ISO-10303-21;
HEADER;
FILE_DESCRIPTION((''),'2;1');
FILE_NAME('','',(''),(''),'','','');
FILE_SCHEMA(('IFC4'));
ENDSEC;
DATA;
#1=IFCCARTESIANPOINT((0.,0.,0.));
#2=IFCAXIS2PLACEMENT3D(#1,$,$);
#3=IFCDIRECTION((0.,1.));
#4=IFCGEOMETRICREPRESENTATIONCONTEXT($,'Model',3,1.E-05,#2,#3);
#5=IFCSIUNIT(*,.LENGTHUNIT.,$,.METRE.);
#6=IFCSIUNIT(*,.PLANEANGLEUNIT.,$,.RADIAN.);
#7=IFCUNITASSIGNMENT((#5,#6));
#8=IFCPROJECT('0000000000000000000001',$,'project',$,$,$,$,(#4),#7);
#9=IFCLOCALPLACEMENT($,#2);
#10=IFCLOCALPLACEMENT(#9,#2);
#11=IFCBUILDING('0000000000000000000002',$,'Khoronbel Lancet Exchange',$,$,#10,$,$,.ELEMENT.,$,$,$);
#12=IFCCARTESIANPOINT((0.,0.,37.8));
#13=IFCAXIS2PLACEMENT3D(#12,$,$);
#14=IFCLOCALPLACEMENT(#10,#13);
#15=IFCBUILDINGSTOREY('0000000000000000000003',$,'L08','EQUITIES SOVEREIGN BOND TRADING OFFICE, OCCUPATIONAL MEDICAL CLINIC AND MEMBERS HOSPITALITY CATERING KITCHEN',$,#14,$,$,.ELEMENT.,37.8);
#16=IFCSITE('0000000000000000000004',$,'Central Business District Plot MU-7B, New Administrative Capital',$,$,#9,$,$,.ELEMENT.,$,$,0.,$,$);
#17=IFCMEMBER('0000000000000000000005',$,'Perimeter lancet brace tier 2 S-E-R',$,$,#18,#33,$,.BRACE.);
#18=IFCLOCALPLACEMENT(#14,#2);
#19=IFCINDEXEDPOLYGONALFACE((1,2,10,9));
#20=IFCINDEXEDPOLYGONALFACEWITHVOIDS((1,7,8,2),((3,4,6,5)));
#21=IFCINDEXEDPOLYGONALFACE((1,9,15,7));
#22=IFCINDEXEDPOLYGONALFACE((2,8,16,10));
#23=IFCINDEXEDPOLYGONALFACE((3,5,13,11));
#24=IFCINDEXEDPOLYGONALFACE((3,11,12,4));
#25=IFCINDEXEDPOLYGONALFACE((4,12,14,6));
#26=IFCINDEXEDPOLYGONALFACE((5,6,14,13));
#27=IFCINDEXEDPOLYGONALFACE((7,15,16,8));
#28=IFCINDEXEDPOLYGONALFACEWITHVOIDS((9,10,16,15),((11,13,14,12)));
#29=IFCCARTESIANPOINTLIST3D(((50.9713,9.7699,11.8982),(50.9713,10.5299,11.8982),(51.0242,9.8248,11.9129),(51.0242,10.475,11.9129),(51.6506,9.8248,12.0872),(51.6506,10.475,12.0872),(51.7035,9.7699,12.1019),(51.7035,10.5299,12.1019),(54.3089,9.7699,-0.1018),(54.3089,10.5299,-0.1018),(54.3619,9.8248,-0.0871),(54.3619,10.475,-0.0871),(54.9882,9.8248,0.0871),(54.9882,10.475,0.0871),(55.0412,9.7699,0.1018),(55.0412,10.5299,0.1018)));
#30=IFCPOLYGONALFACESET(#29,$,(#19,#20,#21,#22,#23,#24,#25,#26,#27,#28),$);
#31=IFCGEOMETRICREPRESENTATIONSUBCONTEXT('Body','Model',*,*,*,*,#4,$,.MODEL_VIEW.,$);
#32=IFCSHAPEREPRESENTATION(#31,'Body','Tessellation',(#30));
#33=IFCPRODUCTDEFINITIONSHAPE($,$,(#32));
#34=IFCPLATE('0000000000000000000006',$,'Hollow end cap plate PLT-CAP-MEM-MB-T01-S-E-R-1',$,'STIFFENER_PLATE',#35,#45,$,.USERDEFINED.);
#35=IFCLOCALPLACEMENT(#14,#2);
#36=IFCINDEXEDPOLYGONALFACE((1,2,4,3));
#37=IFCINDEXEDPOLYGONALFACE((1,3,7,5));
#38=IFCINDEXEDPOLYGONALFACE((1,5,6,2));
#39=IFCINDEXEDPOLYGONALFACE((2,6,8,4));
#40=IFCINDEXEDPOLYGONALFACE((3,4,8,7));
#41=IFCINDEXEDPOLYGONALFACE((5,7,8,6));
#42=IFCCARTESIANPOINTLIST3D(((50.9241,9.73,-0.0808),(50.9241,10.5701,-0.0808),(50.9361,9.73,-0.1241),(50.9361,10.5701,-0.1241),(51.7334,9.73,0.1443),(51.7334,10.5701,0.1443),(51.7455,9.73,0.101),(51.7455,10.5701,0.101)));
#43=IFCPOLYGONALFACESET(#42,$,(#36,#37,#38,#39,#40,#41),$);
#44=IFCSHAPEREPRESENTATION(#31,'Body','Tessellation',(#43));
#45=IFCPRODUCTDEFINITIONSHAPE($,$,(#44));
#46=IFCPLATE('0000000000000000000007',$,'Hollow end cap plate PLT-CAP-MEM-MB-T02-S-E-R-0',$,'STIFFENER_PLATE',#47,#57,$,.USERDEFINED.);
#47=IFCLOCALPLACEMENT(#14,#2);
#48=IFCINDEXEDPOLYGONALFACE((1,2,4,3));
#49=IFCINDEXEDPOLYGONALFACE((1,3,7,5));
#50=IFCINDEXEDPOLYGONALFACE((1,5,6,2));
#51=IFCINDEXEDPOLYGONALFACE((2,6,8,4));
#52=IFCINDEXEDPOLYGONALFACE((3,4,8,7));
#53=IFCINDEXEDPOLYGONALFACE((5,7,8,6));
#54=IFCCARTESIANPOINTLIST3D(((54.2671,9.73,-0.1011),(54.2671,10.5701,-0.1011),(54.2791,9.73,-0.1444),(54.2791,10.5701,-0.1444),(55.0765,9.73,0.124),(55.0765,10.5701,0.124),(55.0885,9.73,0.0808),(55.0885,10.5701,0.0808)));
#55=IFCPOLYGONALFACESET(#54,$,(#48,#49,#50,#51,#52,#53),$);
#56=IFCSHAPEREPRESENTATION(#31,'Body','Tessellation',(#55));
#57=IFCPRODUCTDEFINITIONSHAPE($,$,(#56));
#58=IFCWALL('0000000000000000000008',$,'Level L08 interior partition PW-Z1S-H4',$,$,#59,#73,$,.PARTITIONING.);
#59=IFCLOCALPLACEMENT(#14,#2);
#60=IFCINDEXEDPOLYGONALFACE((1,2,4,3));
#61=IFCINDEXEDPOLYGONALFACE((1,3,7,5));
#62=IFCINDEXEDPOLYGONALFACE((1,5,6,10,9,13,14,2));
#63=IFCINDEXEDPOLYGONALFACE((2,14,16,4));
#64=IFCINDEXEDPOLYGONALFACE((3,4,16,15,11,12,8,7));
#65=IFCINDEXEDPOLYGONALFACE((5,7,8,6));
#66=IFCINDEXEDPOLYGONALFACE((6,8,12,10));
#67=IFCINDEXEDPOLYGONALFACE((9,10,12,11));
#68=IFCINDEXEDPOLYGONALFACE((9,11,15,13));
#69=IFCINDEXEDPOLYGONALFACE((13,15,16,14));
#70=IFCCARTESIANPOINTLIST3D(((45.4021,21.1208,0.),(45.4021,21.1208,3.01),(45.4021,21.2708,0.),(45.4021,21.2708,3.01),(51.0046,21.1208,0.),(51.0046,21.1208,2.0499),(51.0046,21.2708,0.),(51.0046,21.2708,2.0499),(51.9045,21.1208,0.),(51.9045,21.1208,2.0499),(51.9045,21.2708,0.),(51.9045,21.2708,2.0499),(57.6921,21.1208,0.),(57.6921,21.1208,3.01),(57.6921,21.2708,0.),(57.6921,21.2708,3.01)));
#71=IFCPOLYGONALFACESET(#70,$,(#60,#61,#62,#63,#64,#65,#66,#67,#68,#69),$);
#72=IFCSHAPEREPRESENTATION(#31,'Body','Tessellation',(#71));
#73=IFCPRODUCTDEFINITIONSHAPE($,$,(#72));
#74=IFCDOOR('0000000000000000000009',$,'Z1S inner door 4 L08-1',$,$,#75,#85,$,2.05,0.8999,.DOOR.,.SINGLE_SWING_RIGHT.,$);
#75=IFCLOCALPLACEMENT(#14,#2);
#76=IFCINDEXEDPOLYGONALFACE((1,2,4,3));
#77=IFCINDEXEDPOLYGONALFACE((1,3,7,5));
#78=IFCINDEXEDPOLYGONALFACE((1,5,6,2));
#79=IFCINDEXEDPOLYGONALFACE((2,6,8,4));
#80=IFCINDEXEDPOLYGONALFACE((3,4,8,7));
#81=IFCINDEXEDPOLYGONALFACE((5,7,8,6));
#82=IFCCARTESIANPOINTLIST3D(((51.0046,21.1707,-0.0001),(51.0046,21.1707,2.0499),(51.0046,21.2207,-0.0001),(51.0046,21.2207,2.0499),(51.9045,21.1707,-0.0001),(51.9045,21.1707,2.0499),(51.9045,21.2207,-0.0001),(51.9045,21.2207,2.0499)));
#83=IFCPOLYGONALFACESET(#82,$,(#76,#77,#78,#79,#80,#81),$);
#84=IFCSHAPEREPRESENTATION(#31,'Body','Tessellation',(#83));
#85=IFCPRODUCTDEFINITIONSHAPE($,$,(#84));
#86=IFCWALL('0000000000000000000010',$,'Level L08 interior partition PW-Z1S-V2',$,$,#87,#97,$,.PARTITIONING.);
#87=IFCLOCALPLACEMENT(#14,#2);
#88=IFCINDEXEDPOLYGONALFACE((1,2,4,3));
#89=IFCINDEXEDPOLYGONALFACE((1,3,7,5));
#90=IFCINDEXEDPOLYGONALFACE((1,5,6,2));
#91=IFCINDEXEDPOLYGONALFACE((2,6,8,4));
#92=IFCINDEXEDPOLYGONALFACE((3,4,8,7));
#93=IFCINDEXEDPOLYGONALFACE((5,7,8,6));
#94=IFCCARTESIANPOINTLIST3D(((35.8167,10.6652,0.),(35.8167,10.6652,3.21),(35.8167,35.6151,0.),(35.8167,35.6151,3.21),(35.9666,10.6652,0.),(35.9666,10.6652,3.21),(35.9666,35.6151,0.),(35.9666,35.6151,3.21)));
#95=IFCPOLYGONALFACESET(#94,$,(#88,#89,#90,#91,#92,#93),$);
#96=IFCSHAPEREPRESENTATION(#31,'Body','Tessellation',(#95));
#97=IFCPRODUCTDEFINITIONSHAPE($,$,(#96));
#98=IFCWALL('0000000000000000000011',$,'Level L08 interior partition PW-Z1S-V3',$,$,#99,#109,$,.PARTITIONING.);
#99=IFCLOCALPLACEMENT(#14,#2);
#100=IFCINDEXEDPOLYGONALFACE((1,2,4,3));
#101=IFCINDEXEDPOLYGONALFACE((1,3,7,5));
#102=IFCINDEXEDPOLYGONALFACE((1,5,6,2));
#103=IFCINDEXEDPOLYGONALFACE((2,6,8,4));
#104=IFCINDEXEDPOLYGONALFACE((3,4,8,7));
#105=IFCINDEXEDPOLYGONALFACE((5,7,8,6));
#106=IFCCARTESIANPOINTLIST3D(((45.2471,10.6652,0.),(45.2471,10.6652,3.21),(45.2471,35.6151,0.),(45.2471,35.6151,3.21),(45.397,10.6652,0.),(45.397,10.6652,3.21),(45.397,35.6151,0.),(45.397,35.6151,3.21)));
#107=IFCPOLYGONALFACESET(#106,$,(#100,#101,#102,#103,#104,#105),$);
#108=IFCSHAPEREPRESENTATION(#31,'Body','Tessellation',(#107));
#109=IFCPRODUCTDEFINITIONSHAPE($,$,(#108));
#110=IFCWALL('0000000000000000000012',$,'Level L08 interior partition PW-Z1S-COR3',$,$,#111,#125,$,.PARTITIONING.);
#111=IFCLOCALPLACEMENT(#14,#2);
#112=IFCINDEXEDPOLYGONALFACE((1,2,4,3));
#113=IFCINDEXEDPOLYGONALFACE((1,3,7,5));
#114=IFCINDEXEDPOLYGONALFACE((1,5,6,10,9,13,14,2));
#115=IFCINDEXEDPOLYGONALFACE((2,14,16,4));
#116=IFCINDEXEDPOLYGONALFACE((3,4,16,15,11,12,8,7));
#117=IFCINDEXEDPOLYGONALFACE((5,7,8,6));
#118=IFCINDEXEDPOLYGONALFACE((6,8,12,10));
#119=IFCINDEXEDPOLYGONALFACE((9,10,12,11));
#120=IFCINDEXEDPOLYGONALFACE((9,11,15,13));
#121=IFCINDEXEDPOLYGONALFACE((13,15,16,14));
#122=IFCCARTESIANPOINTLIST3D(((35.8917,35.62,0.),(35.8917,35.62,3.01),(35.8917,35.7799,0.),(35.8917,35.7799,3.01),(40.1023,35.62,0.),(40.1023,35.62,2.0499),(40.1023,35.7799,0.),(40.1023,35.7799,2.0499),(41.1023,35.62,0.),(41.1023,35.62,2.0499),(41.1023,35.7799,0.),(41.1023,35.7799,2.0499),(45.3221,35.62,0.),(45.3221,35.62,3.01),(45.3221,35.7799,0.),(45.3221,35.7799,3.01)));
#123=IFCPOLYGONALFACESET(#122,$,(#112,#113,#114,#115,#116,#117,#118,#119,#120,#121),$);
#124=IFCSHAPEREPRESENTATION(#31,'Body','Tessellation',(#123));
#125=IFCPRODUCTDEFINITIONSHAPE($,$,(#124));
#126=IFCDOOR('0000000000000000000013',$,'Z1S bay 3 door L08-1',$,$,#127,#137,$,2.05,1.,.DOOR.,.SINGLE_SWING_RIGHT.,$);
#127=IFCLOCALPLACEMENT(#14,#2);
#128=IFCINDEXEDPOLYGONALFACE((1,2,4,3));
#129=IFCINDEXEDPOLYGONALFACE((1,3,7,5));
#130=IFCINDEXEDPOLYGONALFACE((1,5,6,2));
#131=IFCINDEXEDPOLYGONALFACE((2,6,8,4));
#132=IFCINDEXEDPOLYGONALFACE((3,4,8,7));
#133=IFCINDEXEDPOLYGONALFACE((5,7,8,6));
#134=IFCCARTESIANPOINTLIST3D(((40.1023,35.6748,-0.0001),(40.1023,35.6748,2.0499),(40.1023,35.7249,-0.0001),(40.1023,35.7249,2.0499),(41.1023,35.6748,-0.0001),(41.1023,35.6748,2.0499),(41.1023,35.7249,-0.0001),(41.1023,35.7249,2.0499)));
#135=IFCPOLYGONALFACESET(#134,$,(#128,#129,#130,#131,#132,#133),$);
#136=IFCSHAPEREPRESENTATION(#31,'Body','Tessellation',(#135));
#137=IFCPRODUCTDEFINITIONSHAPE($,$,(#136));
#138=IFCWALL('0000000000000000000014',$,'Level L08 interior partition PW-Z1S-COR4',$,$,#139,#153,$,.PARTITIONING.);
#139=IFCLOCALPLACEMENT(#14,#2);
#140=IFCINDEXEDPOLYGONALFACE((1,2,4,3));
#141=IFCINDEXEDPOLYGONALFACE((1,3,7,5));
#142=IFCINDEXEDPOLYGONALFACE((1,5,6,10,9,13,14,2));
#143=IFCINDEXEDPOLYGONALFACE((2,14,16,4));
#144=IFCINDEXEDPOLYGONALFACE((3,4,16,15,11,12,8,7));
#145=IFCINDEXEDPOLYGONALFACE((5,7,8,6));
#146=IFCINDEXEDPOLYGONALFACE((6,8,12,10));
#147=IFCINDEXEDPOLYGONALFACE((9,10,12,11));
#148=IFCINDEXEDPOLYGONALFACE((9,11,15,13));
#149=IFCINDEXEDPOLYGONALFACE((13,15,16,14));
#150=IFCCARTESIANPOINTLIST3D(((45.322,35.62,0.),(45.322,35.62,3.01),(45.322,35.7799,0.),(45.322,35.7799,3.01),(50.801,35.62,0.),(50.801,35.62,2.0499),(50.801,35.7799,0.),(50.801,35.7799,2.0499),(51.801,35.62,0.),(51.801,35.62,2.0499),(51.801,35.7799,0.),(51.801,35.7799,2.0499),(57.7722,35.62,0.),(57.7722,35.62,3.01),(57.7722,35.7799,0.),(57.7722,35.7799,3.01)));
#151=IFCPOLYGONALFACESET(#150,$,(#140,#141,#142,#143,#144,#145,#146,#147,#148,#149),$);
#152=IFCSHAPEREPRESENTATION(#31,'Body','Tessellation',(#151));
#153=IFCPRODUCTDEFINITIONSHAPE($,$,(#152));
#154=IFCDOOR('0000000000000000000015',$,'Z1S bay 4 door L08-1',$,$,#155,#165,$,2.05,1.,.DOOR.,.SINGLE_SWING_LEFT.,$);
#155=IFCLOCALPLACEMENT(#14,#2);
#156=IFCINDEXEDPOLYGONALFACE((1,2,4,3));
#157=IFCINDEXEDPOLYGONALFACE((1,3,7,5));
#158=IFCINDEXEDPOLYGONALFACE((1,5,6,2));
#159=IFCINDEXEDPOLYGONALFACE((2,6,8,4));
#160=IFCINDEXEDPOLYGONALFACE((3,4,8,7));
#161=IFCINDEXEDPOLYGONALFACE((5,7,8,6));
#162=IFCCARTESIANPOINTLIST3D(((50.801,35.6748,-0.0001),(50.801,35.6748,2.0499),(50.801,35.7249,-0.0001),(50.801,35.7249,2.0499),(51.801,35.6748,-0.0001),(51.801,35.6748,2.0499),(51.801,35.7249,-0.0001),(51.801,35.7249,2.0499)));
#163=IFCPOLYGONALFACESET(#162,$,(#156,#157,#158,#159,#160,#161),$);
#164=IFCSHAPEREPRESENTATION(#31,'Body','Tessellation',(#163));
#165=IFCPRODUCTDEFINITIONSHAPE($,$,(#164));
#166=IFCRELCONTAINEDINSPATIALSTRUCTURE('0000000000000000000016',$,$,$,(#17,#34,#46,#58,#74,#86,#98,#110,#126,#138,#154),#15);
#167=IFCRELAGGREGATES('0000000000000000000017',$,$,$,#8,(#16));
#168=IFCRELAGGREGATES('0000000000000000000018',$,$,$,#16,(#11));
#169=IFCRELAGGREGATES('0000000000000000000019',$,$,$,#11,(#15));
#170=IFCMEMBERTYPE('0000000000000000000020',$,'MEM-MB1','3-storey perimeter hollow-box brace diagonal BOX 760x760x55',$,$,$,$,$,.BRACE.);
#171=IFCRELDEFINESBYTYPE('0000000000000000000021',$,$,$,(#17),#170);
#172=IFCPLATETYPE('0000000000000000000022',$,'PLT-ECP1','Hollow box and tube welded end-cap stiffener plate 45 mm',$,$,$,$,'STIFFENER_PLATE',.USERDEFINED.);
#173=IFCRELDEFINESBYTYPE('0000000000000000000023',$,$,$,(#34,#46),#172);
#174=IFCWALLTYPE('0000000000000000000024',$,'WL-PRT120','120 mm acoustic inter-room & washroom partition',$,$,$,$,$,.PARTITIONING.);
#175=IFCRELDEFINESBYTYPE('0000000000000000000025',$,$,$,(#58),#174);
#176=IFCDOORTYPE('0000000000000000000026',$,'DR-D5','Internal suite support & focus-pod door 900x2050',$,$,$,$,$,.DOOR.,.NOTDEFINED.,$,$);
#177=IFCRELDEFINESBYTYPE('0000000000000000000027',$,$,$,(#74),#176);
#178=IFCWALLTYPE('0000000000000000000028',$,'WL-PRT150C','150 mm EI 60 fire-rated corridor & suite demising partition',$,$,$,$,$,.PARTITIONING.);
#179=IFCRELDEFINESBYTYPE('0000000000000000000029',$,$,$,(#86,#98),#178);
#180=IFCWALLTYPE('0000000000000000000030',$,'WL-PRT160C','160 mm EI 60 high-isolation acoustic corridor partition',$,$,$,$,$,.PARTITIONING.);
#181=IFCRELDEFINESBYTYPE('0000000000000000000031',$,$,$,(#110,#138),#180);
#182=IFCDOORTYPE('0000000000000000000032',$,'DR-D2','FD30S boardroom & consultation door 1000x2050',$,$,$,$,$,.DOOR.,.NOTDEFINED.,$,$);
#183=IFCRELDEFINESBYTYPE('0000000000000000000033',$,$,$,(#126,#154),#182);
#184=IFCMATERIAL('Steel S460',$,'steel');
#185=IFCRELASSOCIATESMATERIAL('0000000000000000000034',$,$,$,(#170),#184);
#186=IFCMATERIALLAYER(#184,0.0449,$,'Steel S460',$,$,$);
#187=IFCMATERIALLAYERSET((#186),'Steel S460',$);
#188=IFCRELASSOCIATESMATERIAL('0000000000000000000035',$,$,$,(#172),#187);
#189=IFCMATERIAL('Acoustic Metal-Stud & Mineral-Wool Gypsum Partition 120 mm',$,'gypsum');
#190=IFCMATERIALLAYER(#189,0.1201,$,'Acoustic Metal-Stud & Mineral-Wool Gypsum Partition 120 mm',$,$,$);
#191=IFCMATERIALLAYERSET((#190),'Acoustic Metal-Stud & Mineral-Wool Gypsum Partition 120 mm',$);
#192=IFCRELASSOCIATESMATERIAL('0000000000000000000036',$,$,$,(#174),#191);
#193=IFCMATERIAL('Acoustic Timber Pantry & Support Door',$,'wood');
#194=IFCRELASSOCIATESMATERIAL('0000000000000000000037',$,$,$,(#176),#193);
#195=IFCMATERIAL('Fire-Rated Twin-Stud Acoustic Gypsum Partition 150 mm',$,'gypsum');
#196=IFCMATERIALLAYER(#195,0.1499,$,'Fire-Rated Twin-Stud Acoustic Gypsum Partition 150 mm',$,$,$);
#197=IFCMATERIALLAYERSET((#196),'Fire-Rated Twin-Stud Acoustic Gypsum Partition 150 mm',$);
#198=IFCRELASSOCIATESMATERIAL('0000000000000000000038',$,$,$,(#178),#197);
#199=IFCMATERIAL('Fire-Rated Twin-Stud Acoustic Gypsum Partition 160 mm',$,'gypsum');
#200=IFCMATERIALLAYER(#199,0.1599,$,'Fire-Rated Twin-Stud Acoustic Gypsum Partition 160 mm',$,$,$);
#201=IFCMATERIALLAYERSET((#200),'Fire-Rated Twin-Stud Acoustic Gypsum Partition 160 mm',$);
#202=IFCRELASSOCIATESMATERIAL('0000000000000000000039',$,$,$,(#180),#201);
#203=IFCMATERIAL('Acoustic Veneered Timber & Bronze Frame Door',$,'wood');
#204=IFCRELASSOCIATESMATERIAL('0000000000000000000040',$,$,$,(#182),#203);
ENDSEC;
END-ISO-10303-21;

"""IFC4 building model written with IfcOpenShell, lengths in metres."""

from ifc_helpers import new_model, si_unit, direction, frame, frame_2d, origin, origin_2d, place, context, subcontext, project, spatial, polyline, rectangle, hollow_rectangle, outline, extrude, material, layer, layer_set, material_profile, profile_set, type_object, element, fill, save


model = new_model("IFC4")

# Units and contexts
model_context = context("Model", 3, precision=1e-05, world=origin(), true_north=direction((0.0, 1.0)))
body_context = subcontext(model_context, "Body", "Model", "MODEL_VIEW")
ifc_project = project(units=[si_unit("LENGTHUNIT", "METRE"), si_unit("PLANEANGLEUNIT", "RADIAN")], contexts=[model_context])

# Site, building, storey
site_placement = place(None, origin())
site = spatial("IfcSite", under=ifc_project, at=site_placement, Name="Central Business District Plot MU-7B, New Administrative Capital", CompositionType="ELEMENT", RefElevation=0.0)
building_placement = place(site_placement, origin())
building = spatial("IfcBuilding", under=site, at=building_placement, Name="Khoronbel Lancet Exchange", CompositionType="ELEMENT")
storey_placement = place(building_placement, frame((0.0, 0.0, 37.8)))
storey = spatial("IfcBuildingStorey", under=building, at=storey_placement, Name="L08", Description="EQUITIES SOVEREIGN BOND TRADING OFFICE, OCCUPATIONAL MEDICAL CLINIC AND MEMBERS HOSPITALITY CATERING KITCHEN", CompositionType="ELEMENT", Elevation=37.8)

# Shared definitions
ifc_material_1 = material(Name="Steel S460", Category="steel")

# Member
ifc_material_profile_1 = material_profile(ifc_material_1, hollow_rectangle(XDim=0.76, YDim=0.76, WallThickness=0.0549, at=origin_2d()), Name="BOX 760x760x55")
ifc_profile_set_1 = profile_set([ifc_material_profile_1], Name="Steel S460")
member_type = type_object("IfcMemberType", Name="MEM-MB1", Description="3-storey perimeter hollow-box brace diagonal BOX 760x760x55", PredefinedType="BRACE", material=ifc_profile_set_1)
member_placement = place(storey_placement, frame((54.675, 10.1499, 0.0), z_axis=(-0.267965, 0.0, 0.963429), x_axis=(0.0, -1.0, 0.0)))
element("IfcMember", 1, at=member_placement, inside=storey, type_object=member_type, Name="Perimeter lancet brace tier 2 S-E-R", PredefinedType="BRACE", context=body_context, shape_type="SweptSolid", body=[
    extrude(hollow_rectangle(XDim=0.76, YDim=0.76, WallThickness=0.0549, at=origin_2d()), origin(), (0.0, 0.0, 1.0), 12.4556),
])

# Plates
ifc_layer_1 = layer(ifc_material_1, 0.0449, Name="Steel S460")
ifc_layer_set_1 = layer_set([ifc_layer_1], Name="Steel S460")
plate_type = type_object("IfcPlateType", Name="PLT-ECP1", Description="Hollow box and tube welded end-cap stiffener plate 45 mm", ElementType="STIFFENER_PLATE", PredefinedType="USERDEFINED", material=ifc_layer_set_1)
for number, where, z_axis, x_axis, name in (
    (2, (50.9241, 10.5701, -0.0808), (-0.267959, 0.0, 0.96343), (0.0, -1.0, 0.0), "Hollow end cap plate PLT-CAP-MEM-MB-T01-S-E-R-1"),
    (3, (54.2671, 10.5701, -0.1011), (-0.267959, 0.0, 0.96343), (0.0, -1.0, 0.0), "Hollow end cap plate PLT-CAP-MEM-MB-T02-S-E-R-0"),
):
    element("IfcPlate", number, at=place(storey_placement, frame(where, z_axis=z_axis, x_axis=x_axis)), inside=storey, type_object=plate_type, Name=name, ObjectType="STIFFENER_PLATE", PredefinedType="USERDEFINED", context=body_context, shape_type="SweptSolid", body=[
        extrude(outline(polyline([(0.0, 0.0), (0.8401, 0.0), (0.8401, 0.8401), (0.0, 0.8401), (0.0, 0.0)])), origin(), (0.0, 0.0, -1.0), 0.0449),
    ])

# Wall, opening, door
ifc_material_2 = material(Name="Acoustic Metal-Stud & Mineral-Wool Gypsum Partition 120 mm", Category="gypsum")
ifc_layer_2 = layer(ifc_material_2, 0.1201, Name="Acoustic Metal-Stud & Mineral-Wool Gypsum Partition 120 mm")
ifc_layer_set_2 = layer_set([ifc_layer_2], Name="Acoustic Metal-Stud & Mineral-Wool Gypsum Partition 120 mm")
wall_type_1 = type_object("IfcWallType", Name="WL-PRT120", Description="120 mm acoustic inter-room & washroom partition", PredefinedType="PARTITIONING", material=ifc_layer_set_2)
wall_1_placement = place(storey_placement, frame((45.4021, 21.1958, 0.0), z_axis=(0.0, 0.0, 1.0), x_axis=(1.0, 0.0, 0.0)))
wall_1 = element("IfcWall", 4, at=wall_1_placement, inside=storey, type_object=wall_type_1, Name="Level L08 interior partition PW-Z1S-H4", PredefinedType="PARTITIONING", context=body_context, shape_type="SweptSolid", body=[
    extrude(rectangle(XDim=12.29, YDim=0.1499, at=frame_2d((6.145, 0.0))), origin(), (0.0, 0.0, 1.0), 3.01),
])
opening_1_placement = place(wall_1_placement, frame((5.6025, 0.0, 0.0)))
opening_1 = element("IfcOpeningElement", 5, at=opening_1_placement, cuts=wall_1, PredefinedType="OPENING", context=body_context, shape_type="SweptSolid", body=[
    extrude(rectangle(XDim=0.8999, YDim=2.05, at=frame_2d((0.45, 1.0249))), frame((0.0, 0.085, 0.0), z_axis=(0.0, -1.0, 0.0), x_axis=(1.0, 0.0, 0.0)), (0.0, 0.0, 1.0), 0.1699),
])
ifc_material_3 = material(Name="Acoustic Timber Pantry & Support Door", Category="wood")
door_type_1 = type_object("IfcDoorType", Name="DR-D5", Description="Internal suite support & focus-pod door 900x2050", OperationType="NOTDEFINED", PredefinedType="DOOR", material=ifc_material_3)
door_1_placement = place(opening_1_placement, origin())
door_1 = element("IfcDoor", 6, at=door_1_placement, inside=storey, type_object=door_type_1, Name="Z1S inner door 4 L08-1", OperationType="SINGLE_SWING_RIGHT", OverallHeight=2.05, OverallWidth=0.8999, PredefinedType="DOOR", context=body_context, shape_type="SweptSolid", body=[
    extrude(rectangle(XDim=0.8999, YDim=2.05, at=frame_2d((0.45, 1.0249))), frame((0.0, 0.0249, 0.0), z_axis=(0.0, -1.0, 0.0), x_axis=(1.0, 0.0, 0.0)), (0.0, 0.0, 1.0), 0.05),
])
fill(opening_1, door_1)

# Walls
ifc_material_4 = material(Name="Fire-Rated Twin-Stud Acoustic Gypsum Partition 150 mm", Category="gypsum")
ifc_layer_3 = layer(ifc_material_4, 0.1499, Name="Fire-Rated Twin-Stud Acoustic Gypsum Partition 150 mm")
ifc_layer_set_3 = layer_set([ifc_layer_3], Name="Fire-Rated Twin-Stud Acoustic Gypsum Partition 150 mm")
wall_type_2 = type_object("IfcWallType", Name="WL-PRT150C", Description="150 mm EI 60 fire-rated corridor & suite demising partition", PredefinedType="PARTITIONING", material=ifc_layer_set_3)
for number, where, z_axis, x_axis, name in (
    (7, (35.8916, 10.665, 0.0), (0.0, 0.0, 1.0), (0.0, 1.0, 0.0), "Level L08 interior partition PW-Z1S-V2"),
    (8, (45.322, 10.665, 0.0), (0.0, 0.0, 1.0), (0.0, 1.0, 0.0), "Level L08 interior partition PW-Z1S-V3"),
):
    element("IfcWall", number, at=place(storey_placement, frame(where, z_axis=z_axis, x_axis=x_axis)), inside=storey, type_object=wall_type_2, Name=name, PredefinedType="PARTITIONING", context=body_context, shape_type="SweptSolid", body=[
        extrude(rectangle(XDim=24.95, YDim=0.1499, at=frame_2d((12.4751, 0.0))), origin(), (0.0, 0.0, 1.0), 3.21),
    ])

# Walls, openings, doors
ifc_material_5 = material(Name="Fire-Rated Twin-Stud Acoustic Gypsum Partition 160 mm", Category="gypsum")
ifc_layer_4 = layer(ifc_material_5, 0.1599, Name="Fire-Rated Twin-Stud Acoustic Gypsum Partition 160 mm")
ifc_layer_set_4 = layer_set([ifc_layer_4], Name="Fire-Rated Twin-Stud Acoustic Gypsum Partition 160 mm")
wall_type_3 = type_object("IfcWallType", Name="WL-PRT160C", Description="160 mm EI 60 high-isolation acoustic corridor partition", PredefinedType="PARTITIONING", material=ifc_layer_set_4)
wall_2_placement = place(storey_placement, frame((35.8916, 35.7, 0.0), z_axis=(0.0, 0.0, 1.0), x_axis=(1.0, 0.0, 0.0)))
wall_2 = element("IfcWall", 9, at=wall_2_placement, inside=storey, type_object=wall_type_3, Name="Level L08 interior partition PW-Z1S-COR3", PredefinedType="PARTITIONING", context=body_context, shape_type="SweptSolid", body=[
    extrude(rectangle(XDim=9.4304, YDim=0.1599, at=frame_2d((4.7153, 0.0))), origin(), (0.0, 0.0, 1.0), 3.01),
])
opening_2_placement = place(wall_2_placement, frame((4.2107, 0.0, 0.0)))
opening_2 = element("IfcOpeningElement", 10, at=opening_2_placement, cuts=wall_2, PredefinedType="OPENING", context=body_context, shape_type="SweptSolid", body=[
    extrude(rectangle(XDim=1.0, YDim=2.05, at=frame_2d((0.5, 1.0249))), frame((0.0, 0.0898, 0.0), z_axis=(0.0, -1.0, 0.0), x_axis=(1.0, 0.0, 0.0)), (0.0, 0.0, 1.0), 0.1799),
])
ifc_material_6 = material(Name="Acoustic Veneered Timber & Bronze Frame Door", Category="wood")
door_type_2 = type_object("IfcDoorType", Name="DR-D2", Description="FD30S boardroom & consultation door 1000x2050", OperationType="NOTDEFINED", PredefinedType="DOOR", material=ifc_material_6)
door_2_placement = place(opening_2_placement, origin())
door_2 = element("IfcDoor", 11, at=door_2_placement, inside=storey, type_object=door_type_2, Name="Z1S bay 3 door L08-1", OperationType="SINGLE_SWING_RIGHT", OverallHeight=2.05, OverallWidth=1.0, PredefinedType="DOOR", context=body_context, shape_type="SweptSolid", body=[
    extrude(rectangle(XDim=1.0, YDim=2.05, at=frame_2d((0.5, 1.0249))), frame((0.0, 0.0249, 0.0), z_axis=(0.0, -1.0, 0.0), x_axis=(1.0, 0.0, 0.0)), (0.0, 0.0, 1.0), 0.05),
])
fill(opening_2, door_2)
wall_3_placement = place(storey_placement, frame((45.322, 35.7, 0.0), z_axis=(0.0, 0.0, 1.0), x_axis=(1.0, 0.0, 0.0)))
wall_3 = element("IfcWall", 12, at=wall_3_placement, inside=storey, type_object=wall_type_3, Name="Level L08 interior partition PW-Z1S-COR4", PredefinedType="PARTITIONING", context=body_context, shape_type="SweptSolid", body=[
    extrude(rectangle(XDim=12.4502, YDim=0.1599, at=frame_2d((6.2251, 0.0))), origin(), (0.0, 0.0, 1.0), 3.01),
])
opening_3_placement = place(wall_3_placement, frame((5.479, 0.0, 0.0)))
opening_3 = element("IfcOpeningElement", 13, at=opening_3_placement, cuts=wall_3, PredefinedType="OPENING", context=body_context, shape_type="SweptSolid", body=[
    extrude(rectangle(XDim=1.0, YDim=2.05, at=frame_2d((0.5, 1.0249))), frame((0.0, 0.0898, 0.0), z_axis=(0.0, -1.0, 0.0), x_axis=(1.0, 0.0, 0.0)), (0.0, 0.0, 1.0), 0.1799),
])
door_3_placement = place(opening_3_placement, origin())
door_3 = element("IfcDoor", 14, at=door_3_placement, inside=storey, type_object=door_type_2, Name="Z1S bay 4 door L08-1", OperationType="SINGLE_SWING_LEFT", OverallHeight=2.05, OverallWidth=1.0, PredefinedType="DOOR", context=body_context, shape_type="SweptSolid", body=[
    extrude(rectangle(XDim=1.0, YDim=2.05, at=frame_2d((0.5, 1.0249))), frame((0.0, 0.0249, 0.0), z_axis=(0.0, -1.0, 0.0), x_axis=(1.0, 0.0, 0.0)), (0.0, 0.0, 1.0), 0.05),
])
fill(opening_3, door_3)

save(model, "model.ifc")
